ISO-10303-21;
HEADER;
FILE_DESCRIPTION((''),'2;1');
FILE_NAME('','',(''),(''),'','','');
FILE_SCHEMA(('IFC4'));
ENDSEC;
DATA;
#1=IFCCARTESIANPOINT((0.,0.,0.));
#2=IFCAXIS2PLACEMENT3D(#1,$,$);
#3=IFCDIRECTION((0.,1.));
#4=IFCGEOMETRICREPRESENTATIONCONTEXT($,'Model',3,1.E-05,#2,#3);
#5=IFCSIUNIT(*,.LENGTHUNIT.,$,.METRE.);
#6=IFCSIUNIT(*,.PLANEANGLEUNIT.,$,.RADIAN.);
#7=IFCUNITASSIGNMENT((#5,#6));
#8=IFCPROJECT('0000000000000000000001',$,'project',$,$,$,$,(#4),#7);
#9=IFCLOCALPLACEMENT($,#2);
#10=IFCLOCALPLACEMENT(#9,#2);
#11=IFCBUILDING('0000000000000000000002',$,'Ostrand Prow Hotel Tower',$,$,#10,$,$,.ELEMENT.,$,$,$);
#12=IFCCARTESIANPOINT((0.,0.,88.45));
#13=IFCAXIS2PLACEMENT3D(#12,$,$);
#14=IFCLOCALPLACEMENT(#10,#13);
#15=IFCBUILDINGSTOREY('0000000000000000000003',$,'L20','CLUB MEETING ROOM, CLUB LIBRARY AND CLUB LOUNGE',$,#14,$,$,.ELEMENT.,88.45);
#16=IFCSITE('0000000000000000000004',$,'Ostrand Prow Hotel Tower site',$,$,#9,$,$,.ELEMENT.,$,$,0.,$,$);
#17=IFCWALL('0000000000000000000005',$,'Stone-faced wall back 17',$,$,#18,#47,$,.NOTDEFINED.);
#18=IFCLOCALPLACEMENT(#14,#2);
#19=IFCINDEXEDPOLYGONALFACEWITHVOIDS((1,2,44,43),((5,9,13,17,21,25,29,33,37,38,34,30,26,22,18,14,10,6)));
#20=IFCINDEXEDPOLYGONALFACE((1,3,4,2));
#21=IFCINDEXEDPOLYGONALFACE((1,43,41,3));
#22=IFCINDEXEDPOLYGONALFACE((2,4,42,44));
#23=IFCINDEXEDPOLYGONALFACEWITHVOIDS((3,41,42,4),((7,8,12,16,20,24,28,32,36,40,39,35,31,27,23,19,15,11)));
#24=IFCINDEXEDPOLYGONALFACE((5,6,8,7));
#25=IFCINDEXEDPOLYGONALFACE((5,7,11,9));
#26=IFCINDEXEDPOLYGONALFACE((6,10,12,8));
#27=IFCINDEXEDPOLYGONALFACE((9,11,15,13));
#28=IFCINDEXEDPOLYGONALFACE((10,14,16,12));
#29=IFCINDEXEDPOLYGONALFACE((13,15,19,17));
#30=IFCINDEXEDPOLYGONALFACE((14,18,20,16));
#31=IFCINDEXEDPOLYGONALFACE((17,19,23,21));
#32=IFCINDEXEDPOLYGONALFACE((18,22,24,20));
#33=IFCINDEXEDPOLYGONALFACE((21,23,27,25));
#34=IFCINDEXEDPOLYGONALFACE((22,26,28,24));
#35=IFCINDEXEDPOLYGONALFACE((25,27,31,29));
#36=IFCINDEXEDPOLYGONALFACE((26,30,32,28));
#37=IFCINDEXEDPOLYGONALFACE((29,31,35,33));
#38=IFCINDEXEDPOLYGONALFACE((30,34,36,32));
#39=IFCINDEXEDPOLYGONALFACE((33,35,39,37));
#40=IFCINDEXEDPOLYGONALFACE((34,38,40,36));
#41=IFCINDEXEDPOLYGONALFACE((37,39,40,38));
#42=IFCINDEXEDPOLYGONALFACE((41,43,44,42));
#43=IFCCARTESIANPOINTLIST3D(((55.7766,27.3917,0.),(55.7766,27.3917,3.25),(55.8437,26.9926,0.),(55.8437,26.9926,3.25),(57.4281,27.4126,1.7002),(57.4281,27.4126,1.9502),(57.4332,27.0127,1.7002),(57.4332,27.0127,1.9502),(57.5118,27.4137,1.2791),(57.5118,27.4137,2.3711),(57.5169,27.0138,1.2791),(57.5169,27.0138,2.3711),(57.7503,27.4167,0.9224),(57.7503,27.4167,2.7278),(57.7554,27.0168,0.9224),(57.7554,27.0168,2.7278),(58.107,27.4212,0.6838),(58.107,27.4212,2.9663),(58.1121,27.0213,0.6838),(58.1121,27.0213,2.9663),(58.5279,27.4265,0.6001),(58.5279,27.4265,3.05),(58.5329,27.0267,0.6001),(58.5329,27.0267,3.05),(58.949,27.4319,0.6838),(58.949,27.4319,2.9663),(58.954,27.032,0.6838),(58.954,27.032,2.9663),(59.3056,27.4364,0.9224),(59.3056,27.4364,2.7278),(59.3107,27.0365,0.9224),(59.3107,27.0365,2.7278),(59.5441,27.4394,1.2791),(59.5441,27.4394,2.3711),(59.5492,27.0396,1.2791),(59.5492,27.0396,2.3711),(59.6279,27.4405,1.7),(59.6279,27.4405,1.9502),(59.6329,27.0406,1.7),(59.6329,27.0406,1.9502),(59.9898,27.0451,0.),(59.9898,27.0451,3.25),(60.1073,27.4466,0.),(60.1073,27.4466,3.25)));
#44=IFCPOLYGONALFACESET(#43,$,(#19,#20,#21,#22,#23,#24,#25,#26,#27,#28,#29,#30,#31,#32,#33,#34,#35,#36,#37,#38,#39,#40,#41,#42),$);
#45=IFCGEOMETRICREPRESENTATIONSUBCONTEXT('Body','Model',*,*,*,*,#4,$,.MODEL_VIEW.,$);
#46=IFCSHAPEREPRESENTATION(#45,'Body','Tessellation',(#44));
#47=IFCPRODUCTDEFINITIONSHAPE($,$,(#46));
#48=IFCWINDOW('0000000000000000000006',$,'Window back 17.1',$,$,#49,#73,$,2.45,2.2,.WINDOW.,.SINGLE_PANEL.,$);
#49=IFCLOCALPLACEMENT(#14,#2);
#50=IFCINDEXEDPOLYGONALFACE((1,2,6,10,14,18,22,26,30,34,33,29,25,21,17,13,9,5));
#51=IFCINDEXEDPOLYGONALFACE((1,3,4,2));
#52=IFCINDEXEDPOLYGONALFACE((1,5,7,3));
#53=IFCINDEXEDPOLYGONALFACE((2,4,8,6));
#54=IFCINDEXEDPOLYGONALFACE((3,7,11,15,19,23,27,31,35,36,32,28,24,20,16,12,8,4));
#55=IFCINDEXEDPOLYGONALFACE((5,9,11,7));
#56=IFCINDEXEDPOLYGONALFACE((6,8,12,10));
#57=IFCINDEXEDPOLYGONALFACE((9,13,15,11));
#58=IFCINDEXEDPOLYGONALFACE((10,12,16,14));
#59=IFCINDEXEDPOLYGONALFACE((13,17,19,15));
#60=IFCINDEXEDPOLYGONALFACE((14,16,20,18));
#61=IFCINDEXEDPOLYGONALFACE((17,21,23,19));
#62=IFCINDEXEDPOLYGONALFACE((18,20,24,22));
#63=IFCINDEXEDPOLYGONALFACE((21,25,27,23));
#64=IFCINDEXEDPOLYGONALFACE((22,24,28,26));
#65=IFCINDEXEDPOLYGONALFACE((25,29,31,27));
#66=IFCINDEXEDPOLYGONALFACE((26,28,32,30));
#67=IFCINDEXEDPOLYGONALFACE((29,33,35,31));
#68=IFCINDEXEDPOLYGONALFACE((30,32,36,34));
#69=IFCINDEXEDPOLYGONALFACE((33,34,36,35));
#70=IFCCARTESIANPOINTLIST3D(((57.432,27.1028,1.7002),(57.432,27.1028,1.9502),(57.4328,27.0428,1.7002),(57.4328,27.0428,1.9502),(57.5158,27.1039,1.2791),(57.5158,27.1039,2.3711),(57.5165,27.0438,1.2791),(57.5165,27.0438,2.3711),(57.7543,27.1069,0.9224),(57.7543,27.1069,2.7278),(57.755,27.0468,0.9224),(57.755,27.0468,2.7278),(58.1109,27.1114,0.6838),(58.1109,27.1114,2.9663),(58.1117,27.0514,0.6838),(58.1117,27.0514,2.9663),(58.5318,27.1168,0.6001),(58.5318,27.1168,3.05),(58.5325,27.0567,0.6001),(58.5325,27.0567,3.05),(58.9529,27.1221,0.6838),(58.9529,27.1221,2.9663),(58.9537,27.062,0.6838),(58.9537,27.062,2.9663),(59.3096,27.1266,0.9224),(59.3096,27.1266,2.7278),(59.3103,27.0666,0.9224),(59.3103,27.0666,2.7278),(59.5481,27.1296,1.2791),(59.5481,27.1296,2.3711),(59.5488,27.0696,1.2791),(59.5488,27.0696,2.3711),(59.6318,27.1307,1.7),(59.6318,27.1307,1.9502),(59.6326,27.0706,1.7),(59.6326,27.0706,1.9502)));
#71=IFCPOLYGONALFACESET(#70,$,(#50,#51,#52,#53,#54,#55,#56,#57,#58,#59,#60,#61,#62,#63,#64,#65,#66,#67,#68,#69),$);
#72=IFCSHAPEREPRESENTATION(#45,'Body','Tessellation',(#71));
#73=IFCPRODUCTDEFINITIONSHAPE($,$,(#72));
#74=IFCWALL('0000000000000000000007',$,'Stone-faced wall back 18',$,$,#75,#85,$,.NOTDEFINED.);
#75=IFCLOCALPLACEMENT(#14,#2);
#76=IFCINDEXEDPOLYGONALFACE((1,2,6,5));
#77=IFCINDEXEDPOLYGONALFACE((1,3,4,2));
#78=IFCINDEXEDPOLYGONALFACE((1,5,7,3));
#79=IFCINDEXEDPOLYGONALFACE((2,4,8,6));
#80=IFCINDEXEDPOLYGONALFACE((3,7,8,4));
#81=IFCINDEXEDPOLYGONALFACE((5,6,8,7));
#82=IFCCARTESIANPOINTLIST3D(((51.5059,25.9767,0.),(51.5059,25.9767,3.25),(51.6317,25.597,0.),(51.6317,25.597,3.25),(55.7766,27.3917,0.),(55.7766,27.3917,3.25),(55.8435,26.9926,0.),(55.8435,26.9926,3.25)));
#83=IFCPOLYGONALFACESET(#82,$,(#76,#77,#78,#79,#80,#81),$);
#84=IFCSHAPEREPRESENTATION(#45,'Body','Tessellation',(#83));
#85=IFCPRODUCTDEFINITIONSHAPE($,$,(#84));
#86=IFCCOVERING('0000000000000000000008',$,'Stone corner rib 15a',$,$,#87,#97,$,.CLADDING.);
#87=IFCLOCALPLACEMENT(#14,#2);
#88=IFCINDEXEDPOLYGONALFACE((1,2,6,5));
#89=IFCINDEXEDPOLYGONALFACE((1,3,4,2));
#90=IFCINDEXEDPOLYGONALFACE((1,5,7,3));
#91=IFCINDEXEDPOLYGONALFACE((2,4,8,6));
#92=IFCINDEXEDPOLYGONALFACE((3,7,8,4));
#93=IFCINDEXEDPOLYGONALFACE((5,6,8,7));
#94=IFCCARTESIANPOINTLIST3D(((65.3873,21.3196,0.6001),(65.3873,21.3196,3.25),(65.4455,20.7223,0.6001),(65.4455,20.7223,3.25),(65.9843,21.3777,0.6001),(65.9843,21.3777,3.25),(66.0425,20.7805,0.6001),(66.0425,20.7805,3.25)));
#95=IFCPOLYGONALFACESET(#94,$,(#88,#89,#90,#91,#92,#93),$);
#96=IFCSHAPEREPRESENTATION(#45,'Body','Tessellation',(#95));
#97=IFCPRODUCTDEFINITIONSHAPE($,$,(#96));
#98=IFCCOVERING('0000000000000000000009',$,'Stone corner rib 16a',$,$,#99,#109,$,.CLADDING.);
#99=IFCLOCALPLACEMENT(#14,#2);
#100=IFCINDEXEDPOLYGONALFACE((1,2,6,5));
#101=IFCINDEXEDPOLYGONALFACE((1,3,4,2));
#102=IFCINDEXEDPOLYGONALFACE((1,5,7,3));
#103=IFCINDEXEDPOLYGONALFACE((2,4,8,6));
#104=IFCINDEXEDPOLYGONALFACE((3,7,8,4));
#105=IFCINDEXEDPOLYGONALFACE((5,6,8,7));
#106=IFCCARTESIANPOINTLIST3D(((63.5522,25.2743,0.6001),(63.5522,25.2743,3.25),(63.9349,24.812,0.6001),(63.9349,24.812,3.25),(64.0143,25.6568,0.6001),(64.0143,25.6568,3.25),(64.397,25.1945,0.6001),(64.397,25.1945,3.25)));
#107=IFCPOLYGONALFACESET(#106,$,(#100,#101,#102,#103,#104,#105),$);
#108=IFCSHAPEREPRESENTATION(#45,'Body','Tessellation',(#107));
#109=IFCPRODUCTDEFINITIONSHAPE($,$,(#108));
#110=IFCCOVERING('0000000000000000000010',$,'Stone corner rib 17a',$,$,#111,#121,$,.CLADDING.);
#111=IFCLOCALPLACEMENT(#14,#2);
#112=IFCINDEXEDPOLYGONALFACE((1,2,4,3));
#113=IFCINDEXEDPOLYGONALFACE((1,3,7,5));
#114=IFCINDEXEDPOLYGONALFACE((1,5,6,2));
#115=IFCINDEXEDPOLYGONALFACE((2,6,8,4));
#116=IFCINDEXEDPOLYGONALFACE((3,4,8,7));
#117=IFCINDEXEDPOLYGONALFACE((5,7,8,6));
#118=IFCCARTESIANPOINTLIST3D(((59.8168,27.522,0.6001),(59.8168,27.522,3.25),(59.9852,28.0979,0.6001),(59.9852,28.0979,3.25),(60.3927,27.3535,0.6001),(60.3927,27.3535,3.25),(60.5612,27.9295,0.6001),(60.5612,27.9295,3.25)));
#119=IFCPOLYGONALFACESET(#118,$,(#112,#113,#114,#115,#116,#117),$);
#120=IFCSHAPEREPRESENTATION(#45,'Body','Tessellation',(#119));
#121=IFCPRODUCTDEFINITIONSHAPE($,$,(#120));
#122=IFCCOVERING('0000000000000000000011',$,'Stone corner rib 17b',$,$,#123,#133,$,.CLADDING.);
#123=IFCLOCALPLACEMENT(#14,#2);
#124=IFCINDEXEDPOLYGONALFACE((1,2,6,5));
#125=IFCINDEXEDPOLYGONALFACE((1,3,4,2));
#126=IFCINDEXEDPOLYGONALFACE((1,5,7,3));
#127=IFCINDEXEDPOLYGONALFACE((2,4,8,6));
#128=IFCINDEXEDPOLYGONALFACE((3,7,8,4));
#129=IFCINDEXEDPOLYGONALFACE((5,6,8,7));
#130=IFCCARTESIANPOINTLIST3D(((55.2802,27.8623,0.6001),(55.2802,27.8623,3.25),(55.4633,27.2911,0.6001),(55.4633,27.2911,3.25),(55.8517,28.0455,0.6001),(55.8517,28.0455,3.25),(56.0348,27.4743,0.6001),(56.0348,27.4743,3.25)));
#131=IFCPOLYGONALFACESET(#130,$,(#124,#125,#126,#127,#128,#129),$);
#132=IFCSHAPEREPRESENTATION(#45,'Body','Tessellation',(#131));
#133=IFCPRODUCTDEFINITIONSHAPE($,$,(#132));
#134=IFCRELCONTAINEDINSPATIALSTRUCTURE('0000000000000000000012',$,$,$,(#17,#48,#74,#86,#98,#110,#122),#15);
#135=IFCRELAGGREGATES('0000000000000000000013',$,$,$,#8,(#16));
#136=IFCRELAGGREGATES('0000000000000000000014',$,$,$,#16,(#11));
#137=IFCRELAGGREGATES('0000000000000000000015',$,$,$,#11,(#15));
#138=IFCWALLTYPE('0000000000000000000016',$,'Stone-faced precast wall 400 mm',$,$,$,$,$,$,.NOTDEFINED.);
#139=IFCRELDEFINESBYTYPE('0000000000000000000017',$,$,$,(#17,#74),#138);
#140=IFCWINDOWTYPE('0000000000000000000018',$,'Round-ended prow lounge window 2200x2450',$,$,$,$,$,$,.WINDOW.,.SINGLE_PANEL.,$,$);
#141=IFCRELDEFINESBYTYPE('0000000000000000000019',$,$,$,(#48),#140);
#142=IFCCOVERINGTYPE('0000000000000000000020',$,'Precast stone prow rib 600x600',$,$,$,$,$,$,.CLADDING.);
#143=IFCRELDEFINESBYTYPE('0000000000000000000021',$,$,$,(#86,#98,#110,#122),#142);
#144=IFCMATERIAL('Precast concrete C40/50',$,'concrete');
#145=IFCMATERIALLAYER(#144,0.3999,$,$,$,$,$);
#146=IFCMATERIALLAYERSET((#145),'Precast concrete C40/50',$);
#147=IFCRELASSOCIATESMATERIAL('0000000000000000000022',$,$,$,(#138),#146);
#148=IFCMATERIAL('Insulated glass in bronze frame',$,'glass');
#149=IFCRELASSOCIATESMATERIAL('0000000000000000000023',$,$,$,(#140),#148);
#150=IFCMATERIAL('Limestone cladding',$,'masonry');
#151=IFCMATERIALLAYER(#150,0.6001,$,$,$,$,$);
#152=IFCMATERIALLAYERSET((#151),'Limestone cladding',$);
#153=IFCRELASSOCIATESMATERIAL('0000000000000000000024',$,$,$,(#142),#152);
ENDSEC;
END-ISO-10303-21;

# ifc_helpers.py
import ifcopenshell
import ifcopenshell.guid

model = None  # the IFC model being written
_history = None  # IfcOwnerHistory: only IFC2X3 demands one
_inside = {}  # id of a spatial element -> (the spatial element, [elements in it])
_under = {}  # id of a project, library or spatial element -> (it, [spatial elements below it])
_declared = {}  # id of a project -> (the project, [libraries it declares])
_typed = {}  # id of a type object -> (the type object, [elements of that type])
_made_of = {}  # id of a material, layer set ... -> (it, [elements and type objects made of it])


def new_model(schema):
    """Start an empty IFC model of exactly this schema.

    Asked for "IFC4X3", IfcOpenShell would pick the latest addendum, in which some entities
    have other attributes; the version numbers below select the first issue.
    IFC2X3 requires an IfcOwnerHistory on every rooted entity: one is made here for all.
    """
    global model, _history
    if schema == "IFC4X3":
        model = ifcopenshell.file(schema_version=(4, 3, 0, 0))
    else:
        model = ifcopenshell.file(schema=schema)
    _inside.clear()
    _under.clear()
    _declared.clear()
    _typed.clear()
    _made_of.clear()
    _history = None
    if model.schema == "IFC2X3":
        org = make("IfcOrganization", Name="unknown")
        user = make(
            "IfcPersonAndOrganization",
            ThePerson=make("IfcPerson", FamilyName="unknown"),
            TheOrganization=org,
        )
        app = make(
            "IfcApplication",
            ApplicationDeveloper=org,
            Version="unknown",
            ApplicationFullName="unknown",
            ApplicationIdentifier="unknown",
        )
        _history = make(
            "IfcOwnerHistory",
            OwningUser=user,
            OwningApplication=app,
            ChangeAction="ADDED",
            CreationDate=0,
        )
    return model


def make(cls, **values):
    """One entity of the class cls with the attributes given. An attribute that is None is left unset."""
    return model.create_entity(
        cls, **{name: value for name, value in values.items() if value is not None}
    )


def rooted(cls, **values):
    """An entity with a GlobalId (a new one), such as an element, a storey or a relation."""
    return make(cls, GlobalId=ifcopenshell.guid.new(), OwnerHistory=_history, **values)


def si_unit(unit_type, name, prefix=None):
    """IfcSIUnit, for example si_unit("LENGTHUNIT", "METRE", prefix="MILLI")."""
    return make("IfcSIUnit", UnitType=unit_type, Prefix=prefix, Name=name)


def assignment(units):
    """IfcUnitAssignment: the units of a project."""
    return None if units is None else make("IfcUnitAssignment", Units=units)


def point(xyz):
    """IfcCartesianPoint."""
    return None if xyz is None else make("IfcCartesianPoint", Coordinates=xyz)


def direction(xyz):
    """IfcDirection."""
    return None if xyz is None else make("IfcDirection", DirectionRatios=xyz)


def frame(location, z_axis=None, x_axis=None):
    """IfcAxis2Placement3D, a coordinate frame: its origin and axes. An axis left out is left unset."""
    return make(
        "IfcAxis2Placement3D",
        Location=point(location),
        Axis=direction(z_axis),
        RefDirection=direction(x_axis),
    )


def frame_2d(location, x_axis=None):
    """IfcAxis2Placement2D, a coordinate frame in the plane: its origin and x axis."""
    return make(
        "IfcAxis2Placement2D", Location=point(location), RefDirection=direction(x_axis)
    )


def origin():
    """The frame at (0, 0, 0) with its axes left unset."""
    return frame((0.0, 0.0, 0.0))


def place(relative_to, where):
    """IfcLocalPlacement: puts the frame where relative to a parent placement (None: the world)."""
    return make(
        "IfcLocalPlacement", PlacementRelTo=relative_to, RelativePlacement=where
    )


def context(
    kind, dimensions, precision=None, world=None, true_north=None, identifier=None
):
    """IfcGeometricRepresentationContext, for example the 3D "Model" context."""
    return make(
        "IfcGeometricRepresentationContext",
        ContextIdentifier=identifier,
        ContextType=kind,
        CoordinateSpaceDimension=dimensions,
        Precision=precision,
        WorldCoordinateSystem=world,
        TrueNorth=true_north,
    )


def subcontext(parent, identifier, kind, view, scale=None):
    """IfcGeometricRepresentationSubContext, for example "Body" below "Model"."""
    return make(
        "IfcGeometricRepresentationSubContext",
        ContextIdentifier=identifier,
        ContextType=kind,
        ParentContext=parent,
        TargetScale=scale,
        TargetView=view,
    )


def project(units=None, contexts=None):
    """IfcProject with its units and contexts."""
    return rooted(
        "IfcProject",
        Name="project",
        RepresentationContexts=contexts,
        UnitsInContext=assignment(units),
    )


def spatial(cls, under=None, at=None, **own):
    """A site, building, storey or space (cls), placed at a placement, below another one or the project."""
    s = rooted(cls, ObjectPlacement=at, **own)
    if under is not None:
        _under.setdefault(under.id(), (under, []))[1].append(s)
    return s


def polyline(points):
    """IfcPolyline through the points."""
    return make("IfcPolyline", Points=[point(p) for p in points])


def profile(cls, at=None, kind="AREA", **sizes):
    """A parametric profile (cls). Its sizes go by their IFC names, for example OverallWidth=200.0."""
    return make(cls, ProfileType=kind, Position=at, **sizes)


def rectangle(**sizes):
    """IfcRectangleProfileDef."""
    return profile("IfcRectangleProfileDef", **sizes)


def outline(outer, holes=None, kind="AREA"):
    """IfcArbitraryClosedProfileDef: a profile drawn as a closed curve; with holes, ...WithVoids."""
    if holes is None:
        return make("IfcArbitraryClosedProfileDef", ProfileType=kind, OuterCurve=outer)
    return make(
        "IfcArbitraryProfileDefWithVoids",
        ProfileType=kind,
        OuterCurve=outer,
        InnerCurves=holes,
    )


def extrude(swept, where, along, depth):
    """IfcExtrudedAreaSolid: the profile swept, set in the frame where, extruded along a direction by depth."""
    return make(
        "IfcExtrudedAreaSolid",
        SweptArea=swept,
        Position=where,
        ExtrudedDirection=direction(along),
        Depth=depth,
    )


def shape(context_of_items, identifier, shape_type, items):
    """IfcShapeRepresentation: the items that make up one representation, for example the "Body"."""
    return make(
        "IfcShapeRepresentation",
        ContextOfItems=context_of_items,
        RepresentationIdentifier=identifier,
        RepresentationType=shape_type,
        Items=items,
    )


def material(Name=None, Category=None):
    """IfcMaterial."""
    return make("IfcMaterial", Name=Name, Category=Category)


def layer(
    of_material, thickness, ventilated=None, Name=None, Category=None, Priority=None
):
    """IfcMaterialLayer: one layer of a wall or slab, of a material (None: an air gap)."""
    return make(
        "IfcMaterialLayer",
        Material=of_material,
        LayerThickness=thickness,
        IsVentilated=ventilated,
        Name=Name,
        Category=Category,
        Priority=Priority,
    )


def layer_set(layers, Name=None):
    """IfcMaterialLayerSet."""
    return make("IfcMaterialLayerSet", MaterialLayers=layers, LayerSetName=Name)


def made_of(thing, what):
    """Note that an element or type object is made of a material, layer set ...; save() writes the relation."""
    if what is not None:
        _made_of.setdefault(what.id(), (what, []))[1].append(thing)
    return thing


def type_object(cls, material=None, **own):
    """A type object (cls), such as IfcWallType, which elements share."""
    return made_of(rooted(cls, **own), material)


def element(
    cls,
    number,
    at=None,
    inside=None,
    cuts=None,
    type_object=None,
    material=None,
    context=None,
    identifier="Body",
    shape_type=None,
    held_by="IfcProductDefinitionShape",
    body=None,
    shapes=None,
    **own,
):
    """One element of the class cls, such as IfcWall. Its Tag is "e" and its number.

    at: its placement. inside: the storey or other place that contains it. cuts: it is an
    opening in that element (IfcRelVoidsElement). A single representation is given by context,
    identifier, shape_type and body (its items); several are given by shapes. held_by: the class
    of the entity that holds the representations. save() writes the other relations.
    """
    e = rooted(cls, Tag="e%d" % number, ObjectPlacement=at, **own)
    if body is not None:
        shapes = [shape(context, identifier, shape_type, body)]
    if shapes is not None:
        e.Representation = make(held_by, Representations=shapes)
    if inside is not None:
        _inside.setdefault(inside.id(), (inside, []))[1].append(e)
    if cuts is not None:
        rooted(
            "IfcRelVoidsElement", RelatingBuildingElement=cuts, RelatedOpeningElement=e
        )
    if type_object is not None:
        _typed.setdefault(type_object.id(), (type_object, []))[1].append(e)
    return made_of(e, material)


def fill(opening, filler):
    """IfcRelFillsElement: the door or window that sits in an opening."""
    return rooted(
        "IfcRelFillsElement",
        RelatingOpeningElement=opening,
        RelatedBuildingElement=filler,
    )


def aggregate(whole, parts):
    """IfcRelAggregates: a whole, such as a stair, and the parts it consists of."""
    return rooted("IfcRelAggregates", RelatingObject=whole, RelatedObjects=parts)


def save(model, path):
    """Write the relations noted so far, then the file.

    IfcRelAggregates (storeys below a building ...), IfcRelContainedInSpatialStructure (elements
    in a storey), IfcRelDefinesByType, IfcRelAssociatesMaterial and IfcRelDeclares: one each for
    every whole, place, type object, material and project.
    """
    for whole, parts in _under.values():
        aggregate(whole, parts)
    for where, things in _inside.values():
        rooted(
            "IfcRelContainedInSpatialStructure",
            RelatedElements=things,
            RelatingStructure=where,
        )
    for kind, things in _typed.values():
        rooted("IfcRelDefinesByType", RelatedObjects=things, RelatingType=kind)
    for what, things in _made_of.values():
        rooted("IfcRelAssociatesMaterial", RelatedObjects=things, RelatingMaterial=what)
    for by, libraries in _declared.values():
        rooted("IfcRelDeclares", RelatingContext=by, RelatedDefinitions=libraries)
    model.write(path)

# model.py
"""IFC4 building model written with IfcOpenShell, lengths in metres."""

from ifc_helpers import new_model, si_unit, direction, frame, frame_2d, origin, place, context, subcontext, project, spatial, polyline, rectangle, outline, extrude, material, layer, layer_set, type_object, element, fill, save


model = new_model("IFC4")

# Units and contexts
model_context = context("Model", 3, precision=1e-05, world=origin(), true_north=direction((0.0, 1.0)))
body_context = subcontext(model_context, "Body", "Model", "MODEL_VIEW")
ifc_project = project(units=[si_unit("LENGTHUNIT", "METRE"), si_unit("PLANEANGLEUNIT", "RADIAN")], contexts=[model_context])

# Site, building, storey
site_placement = place(None, origin())
site = spatial("IfcSite", under=ifc_project, at=site_placement, Name="Ostrand Prow Hotel Tower site", CompositionType="ELEMENT", RefElevation=0.0)
building_placement = place(site_placement, origin())
building = spatial("IfcBuilding", under=site, at=building_placement, Name="Ostrand Prow Hotel Tower", CompositionType="ELEMENT")
storey_placement = place(building_placement, frame((0.0, 0.0, 88.45)))
storey = spatial("IfcBuildingStorey", under=building, at=storey_placement, Name="L20", Description="CLUB MEETING ROOM, CLUB LIBRARY AND CLUB LOUNGE", CompositionType="ELEMENT", Elevation=88.45)

# Shared definitions
ifc_material_1 = material(Name="Precast concrete C40/50", Category="concrete")
ifc_layer_1 = layer(ifc_material_1, 0.3999)
ifc_layer_set_1 = layer_set([ifc_layer_1], Name="Precast concrete C40/50")
wall_type_1 = type_object("IfcWallType", Name="Stone-faced precast wall 400 mm", PredefinedType="NOTDEFINED", material=ifc_layer_set_1)

# Wall, opening, window
ifc_material_2 = material(Name="Insulated glass in bronze frame", Category="glass")
window_type_1 = type_object("IfcWindowType", Name="Round-ended prow lounge window 2200x2450", PartitioningType="SINGLE_PANEL", PredefinedType="WINDOW", material=ifc_material_2)
wall_1_placement = place(storey_placement, frame((60.0486, 27.2458, 0.0), z_axis=(0.0, 0.0, 1.0), x_axis=(-0.99992, -0.012671, 0.0)))
wall_1 = element("IfcWall", 1, at=wall_1_placement, inside=storey, type_object=wall_type_1, Name="Stone-faced wall back 17", PredefinedType="NOTDEFINED", context=body_context, shape_type="SweptSolid", body=[
    extrude(outline(polyline([(-0.0613, -0.2), (4.2698, -0.2), (4.2078, 0.2), (0.0613, 0.2), (-0.0613, -0.2)])), origin(), (0.0, 0.0, 1.0), 3.25),
])
opening_1_placement = place(wall_1_placement, frame((0.4182, 0.0, 0.6001)))
opening_1 = element("IfcOpeningElement", 2, at=opening_1_placement, cuts=wall_1, PredefinedType="OPENING", context=body_context, shape_type="SweptSolid", body=[
    extrude(outline(polyline([(0.0, 1.3501), (0.0837, 1.771), (0.3223, 2.1277), (0.679, 2.3662), (1.1001, 2.45), (1.521, 2.3662), (1.8777, 2.1277), (2.1162, 1.771), (2.2, 1.3501), (2.2, 1.1001), (2.1162, 0.679), (1.8777, 0.3223), (1.521, 0.0837), (1.1001, 0.0), (0.679, 0.0837), (0.3223, 0.3223), (0.0837, 0.679), (0.0, 1.0999), (0.0, 1.3501)])), frame((0.0, 0.21, 0.0), z_axis=(0.0, -1.0, 0.0), x_axis=(1.0, 0.0, 0.0)), (0.0, 0.0, 1.0), 0.4199),
])
window_1_placement = place(opening_1_placement, origin())
window_1 = element("IfcWindow", 3, at=window_1_placement, inside=storey, type_object=window_type_1, Name="Window back 17.1", OverallHeight=2.45, OverallWidth=2.2, PartitioningType="SINGLE_PANEL", PredefinedType="WINDOW", context=body_context, shape_type="SweptSolid", body=[
    extrude(outline(polyline([(0.0, 1.3501), (0.0837, 1.771), (0.3223, 2.1277), (0.679, 2.3662), (1.1001, 2.45), (1.521, 2.3662), (1.8777, 2.1277), (2.1162, 1.771), (2.2, 1.3501), (2.2, 1.1001), (2.1162, 0.679), (1.8777, 0.3223), (1.521, 0.0837), (1.1001, 0.0), (0.679, 0.0837), (0.3223, 0.3223), (0.0837, 0.679), (0.0, 1.0999), (0.0, 1.3501)])), frame((0.0, 0.1699, 0.0), z_axis=(0.0, -1.0, 0.0), x_axis=(1.0, 0.0, 0.0)), (0.0, 0.0, 1.0), 0.0601),
])
fill(opening_1, window_1)

# Wall
wall_2_placement = place(storey_placement, frame((55.8101, 27.1921, 0.0), z_axis=(0.0, 0.0, 1.0), x_axis=(-0.94925, -0.314522, 0.0)))
element("IfcWall", 4, at=wall_2_placement, inside=storey, type_object=wall_type_1, Name="Stone-faced wall back 18", PredefinedType="NOTDEFINED", context=body_context, shape_type="SweptSolid", body=[
    extrude(outline(polyline([(-0.031, -0.2), (4.468, -0.2), (4.468, 0.2), (0.031, 0.2), (-0.031, -0.2)])), origin(), (0.0, 0.0, 1.0), 3.25),
])

# Coverings
ifc_material_3 = material(Name="Limestone cladding", Category="masonry")
ifc_layer_2 = layer(ifc_material_3, 0.6001)
ifc_layer_set_2 = layer_set([ifc_layer_2], Name="Limestone cladding")
covering_type = type_object("IfcCoveringType", Name="Precast stone prow rib 600x600", PredefinedType="CLADDING", material=ifc_layer_set_2)
for number, where, z_axis, x_axis, name in (
    (5, (65.4165, 21.021, 0.6001), (0.0, 0.0, 1.0), (0.995296, 0.096884, 0.0), "Stone corner rib 15a"),
    (6, (63.7437, 25.0432, 0.6001), (0.0, 0.0, 1.0), (0.770319, 0.637659, 0.0), "Stone corner rib 16a"),
):
    element("IfcCovering", number, at=place(storey_placement, frame(where, z_axis=z_axis, x_axis=x_axis)), inside=storey, type_object=covering_type, Name=name, PredefinedType="CLADDING", context=body_context, shape_type="SweptSolid", body=[
        extrude(rectangle(XDim=0.5999, YDim=0.6001, at=frame_2d((0.2998, 0.0))), origin(), (0.0, 0.0, 1.0), 2.6499),
    ])
covering_1_placement = place(storey_placement, frame((60.1047, 27.4377, 0.6001), z_axis=(0.0, 0.0, 1.0), x_axis=(0.280734, 0.959786, 0.0)))
element("IfcCovering", 7, at=covering_1_placement, inside=storey, type_object=covering_type, Name="Stone corner rib 17a", PredefinedType="CLADDING", context=body_context, shape_type="SweptSolid", body=[
    extrude(rectangle(XDim=0.6001, YDim=0.6001, at=frame_2d((0.3, 0.0))), origin(), (0.0, 0.0, 1.0), 2.6499),
])
covering_2_placement = place(storey_placement, frame((55.749, 27.3828, 0.6001), z_axis=(0.0, 0.0, 1.0), x_axis=(-0.305219, 0.952282, 0.0)))
element("IfcCovering", 8, at=covering_2_placement, inside=storey, type_object=covering_type, Name="Stone corner rib 17b", PredefinedType="CLADDING", context=body_context, shape_type="SweptSolid", body=[
    extrude(rectangle(XDim=0.5999, YDim=0.6001, at=frame_2d((0.2998, 0.0))), origin(), (0.0, 0.0, 1.0), 2.6499),
])

save(model, "model.ifc")
